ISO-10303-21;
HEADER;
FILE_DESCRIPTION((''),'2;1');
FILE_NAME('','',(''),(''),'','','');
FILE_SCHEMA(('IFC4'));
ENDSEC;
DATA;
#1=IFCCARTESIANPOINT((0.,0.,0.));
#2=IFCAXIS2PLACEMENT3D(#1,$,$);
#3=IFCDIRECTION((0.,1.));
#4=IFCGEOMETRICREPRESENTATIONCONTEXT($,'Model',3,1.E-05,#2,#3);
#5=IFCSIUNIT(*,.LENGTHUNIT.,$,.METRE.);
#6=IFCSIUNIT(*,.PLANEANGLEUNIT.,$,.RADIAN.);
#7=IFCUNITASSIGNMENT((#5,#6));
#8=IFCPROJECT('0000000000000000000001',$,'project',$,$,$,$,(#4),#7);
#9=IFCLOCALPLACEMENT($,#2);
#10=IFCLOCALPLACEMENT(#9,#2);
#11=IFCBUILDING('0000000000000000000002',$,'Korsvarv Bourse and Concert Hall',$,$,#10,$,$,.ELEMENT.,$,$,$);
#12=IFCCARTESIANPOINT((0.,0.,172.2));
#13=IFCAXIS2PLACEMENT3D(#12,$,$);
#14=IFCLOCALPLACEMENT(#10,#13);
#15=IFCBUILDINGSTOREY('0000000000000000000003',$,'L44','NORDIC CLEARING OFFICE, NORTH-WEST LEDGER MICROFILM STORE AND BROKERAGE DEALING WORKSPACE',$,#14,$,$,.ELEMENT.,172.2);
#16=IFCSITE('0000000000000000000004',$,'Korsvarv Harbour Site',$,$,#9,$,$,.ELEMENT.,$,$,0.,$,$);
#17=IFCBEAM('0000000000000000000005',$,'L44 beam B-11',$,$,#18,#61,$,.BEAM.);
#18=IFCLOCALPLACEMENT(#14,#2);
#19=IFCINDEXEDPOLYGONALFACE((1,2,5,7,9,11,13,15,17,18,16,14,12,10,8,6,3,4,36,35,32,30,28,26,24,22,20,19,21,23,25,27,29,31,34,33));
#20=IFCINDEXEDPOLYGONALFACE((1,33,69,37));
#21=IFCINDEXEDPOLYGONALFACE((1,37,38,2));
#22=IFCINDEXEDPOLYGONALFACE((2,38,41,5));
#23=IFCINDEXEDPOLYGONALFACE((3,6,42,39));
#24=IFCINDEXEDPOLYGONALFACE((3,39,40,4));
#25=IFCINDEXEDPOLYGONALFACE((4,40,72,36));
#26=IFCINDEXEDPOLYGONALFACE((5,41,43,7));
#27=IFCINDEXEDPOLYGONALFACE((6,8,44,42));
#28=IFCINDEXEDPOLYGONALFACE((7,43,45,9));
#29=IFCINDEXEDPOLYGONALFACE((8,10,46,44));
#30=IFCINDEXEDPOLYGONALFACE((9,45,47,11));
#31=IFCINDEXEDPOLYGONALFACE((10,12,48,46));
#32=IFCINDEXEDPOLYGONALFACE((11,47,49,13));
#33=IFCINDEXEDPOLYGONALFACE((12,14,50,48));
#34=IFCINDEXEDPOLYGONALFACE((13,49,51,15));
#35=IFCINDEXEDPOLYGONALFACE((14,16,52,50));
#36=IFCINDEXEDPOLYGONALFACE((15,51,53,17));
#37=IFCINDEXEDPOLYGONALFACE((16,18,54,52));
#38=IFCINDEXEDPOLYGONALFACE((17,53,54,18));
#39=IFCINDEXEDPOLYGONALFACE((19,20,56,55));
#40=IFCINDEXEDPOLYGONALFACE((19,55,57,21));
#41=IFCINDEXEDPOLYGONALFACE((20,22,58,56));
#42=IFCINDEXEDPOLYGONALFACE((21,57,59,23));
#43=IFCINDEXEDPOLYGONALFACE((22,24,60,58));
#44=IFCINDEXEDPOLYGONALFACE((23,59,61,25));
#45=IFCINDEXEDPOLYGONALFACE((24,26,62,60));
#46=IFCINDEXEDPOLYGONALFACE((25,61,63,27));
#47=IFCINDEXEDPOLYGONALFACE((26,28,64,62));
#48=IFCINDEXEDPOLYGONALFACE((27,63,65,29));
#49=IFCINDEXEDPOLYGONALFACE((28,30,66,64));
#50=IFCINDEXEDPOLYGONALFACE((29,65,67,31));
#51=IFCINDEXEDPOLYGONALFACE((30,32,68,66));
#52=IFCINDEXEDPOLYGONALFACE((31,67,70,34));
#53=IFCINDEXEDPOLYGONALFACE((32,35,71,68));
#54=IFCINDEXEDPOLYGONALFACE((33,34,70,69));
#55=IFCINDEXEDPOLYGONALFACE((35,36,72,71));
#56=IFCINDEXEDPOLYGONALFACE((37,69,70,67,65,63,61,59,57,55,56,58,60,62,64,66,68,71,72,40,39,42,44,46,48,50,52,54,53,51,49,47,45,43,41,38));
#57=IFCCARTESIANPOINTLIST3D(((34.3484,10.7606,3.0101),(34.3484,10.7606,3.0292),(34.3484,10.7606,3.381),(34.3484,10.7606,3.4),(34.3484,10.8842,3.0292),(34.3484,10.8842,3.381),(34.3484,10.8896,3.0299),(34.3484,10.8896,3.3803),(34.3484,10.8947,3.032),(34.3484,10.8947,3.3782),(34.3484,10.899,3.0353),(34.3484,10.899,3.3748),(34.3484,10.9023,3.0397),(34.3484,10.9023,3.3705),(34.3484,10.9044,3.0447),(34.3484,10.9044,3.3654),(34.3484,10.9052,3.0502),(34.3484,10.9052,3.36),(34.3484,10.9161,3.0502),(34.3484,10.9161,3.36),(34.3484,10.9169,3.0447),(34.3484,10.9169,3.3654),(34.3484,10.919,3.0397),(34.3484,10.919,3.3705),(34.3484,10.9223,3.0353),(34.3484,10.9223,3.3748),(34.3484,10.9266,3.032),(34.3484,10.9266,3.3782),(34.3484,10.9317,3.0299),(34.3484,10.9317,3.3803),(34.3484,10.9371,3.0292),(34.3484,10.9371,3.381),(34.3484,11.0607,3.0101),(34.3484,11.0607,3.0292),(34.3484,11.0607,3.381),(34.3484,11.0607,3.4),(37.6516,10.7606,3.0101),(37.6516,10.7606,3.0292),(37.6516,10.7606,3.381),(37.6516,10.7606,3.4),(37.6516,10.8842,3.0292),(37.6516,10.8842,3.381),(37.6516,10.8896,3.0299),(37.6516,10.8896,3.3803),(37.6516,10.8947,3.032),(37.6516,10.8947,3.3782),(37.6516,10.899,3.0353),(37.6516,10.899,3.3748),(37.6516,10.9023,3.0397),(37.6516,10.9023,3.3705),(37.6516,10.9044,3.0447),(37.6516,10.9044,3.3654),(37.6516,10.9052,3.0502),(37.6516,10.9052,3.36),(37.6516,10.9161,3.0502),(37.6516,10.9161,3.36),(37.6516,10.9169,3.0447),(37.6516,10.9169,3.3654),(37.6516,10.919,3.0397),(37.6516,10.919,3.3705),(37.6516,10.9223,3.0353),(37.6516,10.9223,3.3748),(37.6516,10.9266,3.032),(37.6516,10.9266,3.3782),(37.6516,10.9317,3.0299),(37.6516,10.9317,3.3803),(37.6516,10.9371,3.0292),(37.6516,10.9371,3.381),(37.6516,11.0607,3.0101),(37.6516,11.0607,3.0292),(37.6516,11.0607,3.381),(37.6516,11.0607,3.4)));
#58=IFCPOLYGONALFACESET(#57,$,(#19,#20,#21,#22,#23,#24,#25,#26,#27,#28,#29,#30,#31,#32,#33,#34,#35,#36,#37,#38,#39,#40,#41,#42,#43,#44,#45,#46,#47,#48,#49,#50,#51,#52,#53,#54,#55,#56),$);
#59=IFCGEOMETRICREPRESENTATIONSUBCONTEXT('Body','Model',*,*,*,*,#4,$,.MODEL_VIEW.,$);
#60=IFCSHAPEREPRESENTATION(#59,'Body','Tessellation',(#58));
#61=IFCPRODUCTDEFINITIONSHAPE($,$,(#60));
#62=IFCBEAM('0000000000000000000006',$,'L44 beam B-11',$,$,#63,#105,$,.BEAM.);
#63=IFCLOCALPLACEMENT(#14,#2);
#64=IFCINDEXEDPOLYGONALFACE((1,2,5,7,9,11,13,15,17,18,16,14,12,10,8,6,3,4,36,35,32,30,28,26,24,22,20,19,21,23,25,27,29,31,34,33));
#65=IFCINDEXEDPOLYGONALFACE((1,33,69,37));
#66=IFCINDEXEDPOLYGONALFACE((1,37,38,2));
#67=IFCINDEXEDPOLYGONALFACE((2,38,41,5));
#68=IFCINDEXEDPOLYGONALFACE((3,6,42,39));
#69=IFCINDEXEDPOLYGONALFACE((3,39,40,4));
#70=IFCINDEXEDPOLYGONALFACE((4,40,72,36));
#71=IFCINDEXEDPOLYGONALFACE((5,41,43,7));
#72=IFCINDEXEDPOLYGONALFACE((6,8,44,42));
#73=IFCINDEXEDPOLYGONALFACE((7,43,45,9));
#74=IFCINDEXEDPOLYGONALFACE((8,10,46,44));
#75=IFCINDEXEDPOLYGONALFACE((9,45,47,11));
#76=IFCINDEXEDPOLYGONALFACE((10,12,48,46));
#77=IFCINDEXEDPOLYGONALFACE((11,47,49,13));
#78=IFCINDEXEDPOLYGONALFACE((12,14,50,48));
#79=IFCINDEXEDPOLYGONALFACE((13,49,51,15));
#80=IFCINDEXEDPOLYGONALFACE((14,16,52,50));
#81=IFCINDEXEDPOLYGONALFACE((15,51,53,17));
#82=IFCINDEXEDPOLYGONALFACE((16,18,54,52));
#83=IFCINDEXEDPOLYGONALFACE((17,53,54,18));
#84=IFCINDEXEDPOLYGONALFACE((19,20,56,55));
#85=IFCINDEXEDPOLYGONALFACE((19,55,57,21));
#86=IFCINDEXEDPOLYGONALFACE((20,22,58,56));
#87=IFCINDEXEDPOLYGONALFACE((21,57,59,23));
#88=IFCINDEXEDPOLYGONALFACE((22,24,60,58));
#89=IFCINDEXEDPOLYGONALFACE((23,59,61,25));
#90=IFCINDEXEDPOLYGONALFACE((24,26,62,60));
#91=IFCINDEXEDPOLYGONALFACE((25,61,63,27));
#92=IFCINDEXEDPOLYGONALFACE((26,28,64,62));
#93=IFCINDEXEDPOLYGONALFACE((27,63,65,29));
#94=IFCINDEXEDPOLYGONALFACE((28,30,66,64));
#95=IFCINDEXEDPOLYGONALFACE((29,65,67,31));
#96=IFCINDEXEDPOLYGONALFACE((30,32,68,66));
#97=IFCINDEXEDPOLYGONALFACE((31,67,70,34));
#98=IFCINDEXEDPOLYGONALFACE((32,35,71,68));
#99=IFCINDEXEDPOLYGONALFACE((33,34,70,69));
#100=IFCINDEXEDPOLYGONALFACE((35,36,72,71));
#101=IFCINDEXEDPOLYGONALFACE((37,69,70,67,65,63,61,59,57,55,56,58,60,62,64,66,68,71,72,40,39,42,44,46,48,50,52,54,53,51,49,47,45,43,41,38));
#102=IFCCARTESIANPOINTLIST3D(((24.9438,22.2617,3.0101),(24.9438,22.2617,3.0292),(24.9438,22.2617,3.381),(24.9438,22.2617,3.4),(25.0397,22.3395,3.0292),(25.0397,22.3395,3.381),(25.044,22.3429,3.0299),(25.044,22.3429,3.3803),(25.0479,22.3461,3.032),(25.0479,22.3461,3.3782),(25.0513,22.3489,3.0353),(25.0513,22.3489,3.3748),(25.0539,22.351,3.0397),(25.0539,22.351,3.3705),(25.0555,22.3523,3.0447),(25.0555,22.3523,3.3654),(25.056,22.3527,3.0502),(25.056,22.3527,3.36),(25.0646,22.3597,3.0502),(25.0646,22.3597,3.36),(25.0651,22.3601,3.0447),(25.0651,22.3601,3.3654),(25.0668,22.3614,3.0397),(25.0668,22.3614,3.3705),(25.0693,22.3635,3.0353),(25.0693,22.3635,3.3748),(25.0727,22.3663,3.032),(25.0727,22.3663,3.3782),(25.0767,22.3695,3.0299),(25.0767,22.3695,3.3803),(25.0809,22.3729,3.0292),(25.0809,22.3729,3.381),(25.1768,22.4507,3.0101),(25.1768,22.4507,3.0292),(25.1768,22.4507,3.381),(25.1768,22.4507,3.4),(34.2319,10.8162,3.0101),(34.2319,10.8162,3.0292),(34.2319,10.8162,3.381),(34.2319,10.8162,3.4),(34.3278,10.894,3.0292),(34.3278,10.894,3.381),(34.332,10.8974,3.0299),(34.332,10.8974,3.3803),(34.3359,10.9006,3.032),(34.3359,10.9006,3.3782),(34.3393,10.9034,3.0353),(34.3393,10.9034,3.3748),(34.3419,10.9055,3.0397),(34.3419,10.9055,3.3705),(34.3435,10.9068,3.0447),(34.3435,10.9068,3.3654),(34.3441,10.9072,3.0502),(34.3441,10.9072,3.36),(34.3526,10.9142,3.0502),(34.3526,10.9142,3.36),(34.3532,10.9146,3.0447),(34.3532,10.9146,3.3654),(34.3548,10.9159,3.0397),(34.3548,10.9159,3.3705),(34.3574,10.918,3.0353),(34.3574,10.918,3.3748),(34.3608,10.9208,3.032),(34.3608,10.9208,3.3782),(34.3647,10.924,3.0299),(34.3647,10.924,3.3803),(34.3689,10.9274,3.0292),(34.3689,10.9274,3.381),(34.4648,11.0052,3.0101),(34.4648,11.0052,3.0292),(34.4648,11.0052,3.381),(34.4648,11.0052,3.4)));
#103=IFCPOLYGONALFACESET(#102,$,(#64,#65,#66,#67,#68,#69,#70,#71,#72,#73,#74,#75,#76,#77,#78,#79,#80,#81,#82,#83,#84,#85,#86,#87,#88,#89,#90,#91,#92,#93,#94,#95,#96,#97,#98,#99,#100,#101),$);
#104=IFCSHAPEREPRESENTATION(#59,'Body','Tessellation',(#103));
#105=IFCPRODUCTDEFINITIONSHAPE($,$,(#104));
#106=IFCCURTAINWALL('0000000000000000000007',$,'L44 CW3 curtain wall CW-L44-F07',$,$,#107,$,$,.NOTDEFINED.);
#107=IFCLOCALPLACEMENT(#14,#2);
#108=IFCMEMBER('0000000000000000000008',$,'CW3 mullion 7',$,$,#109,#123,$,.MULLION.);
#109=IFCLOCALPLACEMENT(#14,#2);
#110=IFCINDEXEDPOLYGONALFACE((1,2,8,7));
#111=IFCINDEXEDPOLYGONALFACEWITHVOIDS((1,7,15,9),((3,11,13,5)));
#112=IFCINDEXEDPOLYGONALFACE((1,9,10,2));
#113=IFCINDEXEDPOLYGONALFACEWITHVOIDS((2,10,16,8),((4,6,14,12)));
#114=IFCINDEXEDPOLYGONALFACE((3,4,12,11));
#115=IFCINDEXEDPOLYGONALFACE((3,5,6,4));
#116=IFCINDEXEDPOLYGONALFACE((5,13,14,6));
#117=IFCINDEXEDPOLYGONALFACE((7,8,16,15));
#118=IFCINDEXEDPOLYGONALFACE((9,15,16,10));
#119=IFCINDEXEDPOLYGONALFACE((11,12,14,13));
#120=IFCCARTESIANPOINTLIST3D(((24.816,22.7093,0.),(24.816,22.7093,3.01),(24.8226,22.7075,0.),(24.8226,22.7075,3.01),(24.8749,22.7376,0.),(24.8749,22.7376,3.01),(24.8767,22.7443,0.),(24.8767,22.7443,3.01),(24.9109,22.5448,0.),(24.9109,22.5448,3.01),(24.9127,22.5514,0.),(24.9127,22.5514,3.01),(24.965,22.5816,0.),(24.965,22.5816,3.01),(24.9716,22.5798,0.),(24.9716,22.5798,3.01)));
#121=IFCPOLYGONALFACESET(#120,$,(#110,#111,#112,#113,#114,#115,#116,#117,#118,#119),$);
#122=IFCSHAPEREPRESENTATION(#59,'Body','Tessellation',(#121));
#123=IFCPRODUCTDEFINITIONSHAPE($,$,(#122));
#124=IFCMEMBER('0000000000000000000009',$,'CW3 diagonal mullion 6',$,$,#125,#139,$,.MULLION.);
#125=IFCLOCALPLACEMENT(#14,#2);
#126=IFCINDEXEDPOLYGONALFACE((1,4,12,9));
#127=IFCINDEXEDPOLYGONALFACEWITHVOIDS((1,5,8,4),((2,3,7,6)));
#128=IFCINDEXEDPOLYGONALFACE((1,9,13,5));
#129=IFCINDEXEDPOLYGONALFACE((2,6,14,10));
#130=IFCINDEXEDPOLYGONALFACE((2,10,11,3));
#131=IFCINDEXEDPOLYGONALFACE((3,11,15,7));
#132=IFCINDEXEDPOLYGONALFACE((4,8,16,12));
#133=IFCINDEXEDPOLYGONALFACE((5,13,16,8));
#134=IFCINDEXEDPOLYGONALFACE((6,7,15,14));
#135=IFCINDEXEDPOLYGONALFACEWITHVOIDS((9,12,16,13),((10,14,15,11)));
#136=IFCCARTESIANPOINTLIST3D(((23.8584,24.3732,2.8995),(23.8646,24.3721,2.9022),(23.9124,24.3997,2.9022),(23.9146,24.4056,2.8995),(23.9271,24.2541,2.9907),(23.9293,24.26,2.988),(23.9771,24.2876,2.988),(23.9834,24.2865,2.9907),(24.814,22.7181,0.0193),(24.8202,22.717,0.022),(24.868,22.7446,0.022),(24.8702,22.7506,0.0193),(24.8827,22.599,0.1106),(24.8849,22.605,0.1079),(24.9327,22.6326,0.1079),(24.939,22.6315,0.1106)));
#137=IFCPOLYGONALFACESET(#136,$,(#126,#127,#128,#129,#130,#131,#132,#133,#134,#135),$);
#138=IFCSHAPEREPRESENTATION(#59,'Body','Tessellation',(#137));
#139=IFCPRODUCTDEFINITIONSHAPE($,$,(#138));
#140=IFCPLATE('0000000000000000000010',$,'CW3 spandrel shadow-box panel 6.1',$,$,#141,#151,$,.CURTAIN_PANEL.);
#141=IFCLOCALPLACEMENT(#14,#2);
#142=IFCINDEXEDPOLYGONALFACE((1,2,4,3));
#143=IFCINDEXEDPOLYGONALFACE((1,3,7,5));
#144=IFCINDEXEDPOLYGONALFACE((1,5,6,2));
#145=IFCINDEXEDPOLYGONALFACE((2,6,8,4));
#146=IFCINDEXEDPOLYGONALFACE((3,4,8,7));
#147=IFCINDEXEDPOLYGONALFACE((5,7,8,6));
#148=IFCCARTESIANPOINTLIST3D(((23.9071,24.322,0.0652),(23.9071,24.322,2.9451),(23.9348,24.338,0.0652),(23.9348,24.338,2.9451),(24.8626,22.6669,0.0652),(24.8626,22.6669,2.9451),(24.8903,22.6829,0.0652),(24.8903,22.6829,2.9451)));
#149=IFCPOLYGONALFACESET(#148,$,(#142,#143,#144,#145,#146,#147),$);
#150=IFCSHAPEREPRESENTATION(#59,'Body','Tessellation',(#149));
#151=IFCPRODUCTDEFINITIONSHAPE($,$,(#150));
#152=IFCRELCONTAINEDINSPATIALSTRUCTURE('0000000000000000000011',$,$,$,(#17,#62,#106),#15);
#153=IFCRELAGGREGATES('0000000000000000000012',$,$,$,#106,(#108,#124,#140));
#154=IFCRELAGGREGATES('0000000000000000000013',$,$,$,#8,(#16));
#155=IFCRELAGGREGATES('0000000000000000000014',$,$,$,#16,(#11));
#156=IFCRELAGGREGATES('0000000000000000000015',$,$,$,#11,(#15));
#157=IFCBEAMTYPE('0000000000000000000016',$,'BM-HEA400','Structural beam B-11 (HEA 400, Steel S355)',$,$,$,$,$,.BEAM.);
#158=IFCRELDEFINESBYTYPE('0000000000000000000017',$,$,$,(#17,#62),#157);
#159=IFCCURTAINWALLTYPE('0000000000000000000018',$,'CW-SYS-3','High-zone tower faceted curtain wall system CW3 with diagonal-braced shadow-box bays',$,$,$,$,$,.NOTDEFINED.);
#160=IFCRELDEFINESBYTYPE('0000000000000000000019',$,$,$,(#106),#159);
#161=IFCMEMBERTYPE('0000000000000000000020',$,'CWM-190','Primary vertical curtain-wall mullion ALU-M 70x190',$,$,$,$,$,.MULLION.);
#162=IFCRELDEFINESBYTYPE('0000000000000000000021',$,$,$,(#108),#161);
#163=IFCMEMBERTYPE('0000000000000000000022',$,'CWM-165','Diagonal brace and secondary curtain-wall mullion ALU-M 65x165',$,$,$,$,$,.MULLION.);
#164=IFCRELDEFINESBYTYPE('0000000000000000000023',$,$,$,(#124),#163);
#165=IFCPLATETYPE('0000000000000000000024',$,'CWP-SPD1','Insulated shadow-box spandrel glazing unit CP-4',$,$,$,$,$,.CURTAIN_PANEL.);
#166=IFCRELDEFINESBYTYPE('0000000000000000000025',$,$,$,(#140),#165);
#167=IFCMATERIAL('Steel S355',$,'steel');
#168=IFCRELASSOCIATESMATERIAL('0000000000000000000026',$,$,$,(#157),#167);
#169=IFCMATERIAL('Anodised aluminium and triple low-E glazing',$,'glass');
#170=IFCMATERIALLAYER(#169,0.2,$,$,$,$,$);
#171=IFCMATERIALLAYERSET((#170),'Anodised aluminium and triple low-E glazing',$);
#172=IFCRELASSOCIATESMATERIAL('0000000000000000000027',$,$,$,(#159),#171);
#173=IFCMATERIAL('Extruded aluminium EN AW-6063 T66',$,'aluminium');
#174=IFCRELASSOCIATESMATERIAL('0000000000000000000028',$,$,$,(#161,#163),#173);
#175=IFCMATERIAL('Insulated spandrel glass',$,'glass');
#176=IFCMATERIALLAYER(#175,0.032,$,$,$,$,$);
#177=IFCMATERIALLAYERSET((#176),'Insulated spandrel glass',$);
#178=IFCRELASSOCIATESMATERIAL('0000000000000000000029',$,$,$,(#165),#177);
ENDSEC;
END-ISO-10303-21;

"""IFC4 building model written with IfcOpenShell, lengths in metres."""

from ifc_helpers import new_model, si_unit, direction, frame, origin, origin_2d, place, context, subcontext, project, spatial, rectangle, hollow_rectangle, i_section, extrude, source, transform, mapped, material, layer, layer_set, material_profile, profile_set, type_object, element, aggregate, save


model = new_model("IFC4")

# Units and contexts
model_context = context("Model", 3, precision=1e-05, world=origin(), true_north=direction((0.0, 1.0)))
body_context = subcontext(model_context, "Body", "Model", "MODEL_VIEW")
ifc_project = project(units=[si_unit("LENGTHUNIT", "METRE"), si_unit("PLANEANGLEUNIT", "RADIAN")], contexts=[model_context])

# Site, building, storey
site_placement = place(None, origin())
site = spatial("IfcSite", under=ifc_project, at=site_placement, Name="Korsvarv Harbour Site", CompositionType="ELEMENT", RefElevation=0.0)
building_placement = place(site_placement, origin())
building = spatial("IfcBuilding", under=site, at=building_placement, Name="Korsvarv Bourse and Concert Hall", CompositionType="ELEMENT")
storey_placement = place(building_placement, frame((0.0, 0.0, 172.2)))
storey = spatial("IfcBuildingStorey", under=building, at=storey_placement, Name="L44", Description="NORDIC CLEARING OFFICE, NORTH-WEST LEDGER MICROFILM STORE AND BROKERAGE DEALING WORKSPACE", CompositionType="ELEMENT", Elevation=172.2)

# Shared definitions
ifc_material_1 = material(Name="Steel S355", Category="steel")

# Beams
ifc_material_profile_1 = material_profile(ifc_material_1, i_section(OverallWidth=0.3, OverallDepth=0.3899, WebThickness=0.011, FlangeThickness=0.019, FilletRadius=0.021, at=origin_2d()), Name="HEA 400")
ifc_profile_set_1 = profile_set([ifc_material_profile_1], Name="Steel S355")
beam_type_1 = type_object("IfcBeamType", Name="BM-HEA400", Description="Structural beam B-11 (HEA 400, Steel S355)", PredefinedType="BEAM", material=ifc_profile_set_1)
shared_shape_1 = source(origin(), body_context, "Body", "SweptSolid", [
    extrude(i_section(OverallWidth=0.3, OverallDepth=0.3899, WebThickness=0.011, FlangeThickness=0.019, FilletRadius=0.021, at=origin_2d()), origin(), (0.0, 0.0, 1.0), 3.3032),
])
beam_1_placement = place(storey_placement, frame((34.3484, 10.9106, 3.2051), z_axis=(1.0, 0.0, 0.0), x_axis=(0.0, 1.0, 0.0)))
element("IfcBeam", 1, at=beam_1_placement, inside=storey, type_object=beam_type_1, Name="L44 beam B-11", PredefinedType="BEAM", context=body_context, shape_type="MappedRepresentation", body=[
    mapped(shared_shape_1, transform((0.0, 0.0, 0.0), scale=1.0)),
])
shared_shape_2 = source(origin(), body_context, "Body", "SweptSolid", [
    extrude(i_section(OverallWidth=0.3, OverallDepth=0.3899, WebThickness=0.011, FlangeThickness=0.019, FilletRadius=0.021, at=origin_2d()), origin(), (0.0, 0.0, 1.0), 14.74),
])
beam_2_placement = place(storey_placement, frame((25.0603, 22.3562, 3.2051), z_axis=(0.630125, -0.776493, 0.0), x_axis=(0.776493, 0.630125, 0.0)))
element("IfcBeam", 2, at=beam_2_placement, inside=storey, type_object=beam_type_1, Name="L44 beam B-11", PredefinedType="BEAM", context=body_context, shape_type="MappedRepresentation", body=[
    mapped(shared_shape_2, transform((0.0, 0.0, 0.0), scale=1.0)),
])

# Curtain wall, members, plate
ifc_material_2 = material(Name="Anodised aluminium and triple low-E glazing", Category="glass")
ifc_layer_1 = layer(ifc_material_2, 0.2)
ifc_layer_set_1 = layer_set([ifc_layer_1], Name="Anodised aluminium and triple low-E glazing")
curtain_wall_type = type_object("IfcCurtainWallType", Name="CW-SYS-3", Description="High-zone tower faceted curtain wall system CW3 with diagonal-braced shadow-box bays", PredefinedType="NOTDEFINED", material=ifc_layer_set_1)
curtain_wall_placement = place(storey_placement, origin())
curtain_wall = element("IfcCurtainWall", 3, at=curtain_wall_placement, inside=storey, type_object=curtain_wall_type, Name="L44 CW3 curtain wall CW-L44-F07", PredefinedType="NOTDEFINED")
ifc_material_3 = material(Name="Extruded aluminium EN AW-6063 T66", Category="aluminium")
ifc_material_profile_2 = material_profile(ifc_material_3, hollow_rectangle(XDim=0.0701, YDim=0.1899, WallThickness=0.0049, at=origin_2d()), Name="ALU-M 70x190")
ifc_profile_set_2 = profile_set([ifc_material_profile_2], Name="Extruded aluminium EN AW-6063 T66")
member_type_1 = type_object("IfcMemberType", Name="CWM-190", Description="Primary vertical curtain-wall mullion ALU-M 70x190", PredefinedType="MULLION", material=ifc_profile_set_2)
shared_shape_3 = source(origin(), body_context, "Body", "SweptSolid", [
    extrude(hollow_rectangle(XDim=0.0701, YDim=0.1899, WallThickness=0.0049, at=origin_2d()), origin(), (0.0, 0.0, 1.0), 3.01),
])
member_1_placement = place(storey_placement, frame((24.8938, 22.6445, 0.0), z_axis=(0.0, 0.0, 1.0), x_axis=(0.866029, 0.499994, 0.0)))
member_1 = element("IfcMember", 4, at=member_1_placement, type_object=member_type_1, Name="CW3 mullion 7", PredefinedType="MULLION", context=body_context, shape_type="MappedRepresentation", body=[
    mapped(shared_shape_3, transform((0.0, 0.0, 0.0), scale=1.0)),
])
ifc_material_profile_3 = material_profile(ifc_material_3, hollow_rectangle(XDim=0.0649, YDim=0.165, WallThickness=0.0049, at=origin_2d()), Name="ALU-M 65x165")
ifc_profile_set_3 = profile_set([ifc_material_profile_3], Name="Extruded aluminium EN AW-6063 T66")
member_type_2 = type_object("IfcMemberType", Name="CWM-165", Description="Diagonal brace and secondary curtain-wall mullion ALU-M 65x165", PredefinedType="MULLION", material=ifc_profile_set_3)
shared_shape_4 = source(origin(), body_context, "Body", "SweptSolid", [
    extrude(hollow_rectangle(XDim=0.0649, YDim=0.165, WallThickness=0.0049, at=origin_2d()), origin(), (0.0, 0.0, 1.0), 3.4565),
])
member_2_placement = place(storey_placement, frame((24.8765, 22.6748, 0.0649), z_axis=(-0.276455, 0.478817, 0.833251), x_axis=(-0.866018, -0.500014, 0.0)))
member_2 = element("IfcMember", 5, at=member_2_placement, type_object=member_type_2, Name="CW3 diagonal mullion 6", PredefinedType="MULLION", context=body_context, shape_type="MappedRepresentation", body=[
    mapped(shared_shape_4, transform((0.0, 0.0, 0.0), scale=1.0)),
])
ifc_material_4 = material(Name="Insulated spandrel glass", Category="glass")
ifc_layer_2 = layer(ifc_material_4, 0.032)
ifc_layer_set_2 = layer_set([ifc_layer_2], Name="Insulated spandrel glass")
plate_type = type_object("IfcPlateType", Name="CWP-SPD1", Description="Insulated shadow-box spandrel glazing unit CP-4", PredefinedType="CURTAIN_PANEL", material=ifc_layer_set_2)
shared_shape_5 = source(origin(), body_context, "Body", "SweptSolid", [
    extrude(rectangle(XDim=1.9111, YDim=0.032, at=origin_2d()), origin(), (0.0, 0.0, 1.0), 2.8799),
])
plate_placement = place(storey_placement, frame((24.3987, 23.5024, 0.0652), z_axis=(0.0, 0.0, 1.0), x_axis=(0.499994, -0.866029, 0.0)))
plate = element("IfcPlate", 6, at=plate_placement, type_object=plate_type, Name="CW3 spandrel shadow-box panel 6.1", PredefinedType="CURTAIN_PANEL", context=body_context, shape_type="MappedRepresentation", body=[
    mapped(shared_shape_5, transform((0.0, 0.0, 0.0), scale=1.0)),
])
aggregate(curtain_wall, [member_1, member_2, plate])

save(model, "model.ifc")
